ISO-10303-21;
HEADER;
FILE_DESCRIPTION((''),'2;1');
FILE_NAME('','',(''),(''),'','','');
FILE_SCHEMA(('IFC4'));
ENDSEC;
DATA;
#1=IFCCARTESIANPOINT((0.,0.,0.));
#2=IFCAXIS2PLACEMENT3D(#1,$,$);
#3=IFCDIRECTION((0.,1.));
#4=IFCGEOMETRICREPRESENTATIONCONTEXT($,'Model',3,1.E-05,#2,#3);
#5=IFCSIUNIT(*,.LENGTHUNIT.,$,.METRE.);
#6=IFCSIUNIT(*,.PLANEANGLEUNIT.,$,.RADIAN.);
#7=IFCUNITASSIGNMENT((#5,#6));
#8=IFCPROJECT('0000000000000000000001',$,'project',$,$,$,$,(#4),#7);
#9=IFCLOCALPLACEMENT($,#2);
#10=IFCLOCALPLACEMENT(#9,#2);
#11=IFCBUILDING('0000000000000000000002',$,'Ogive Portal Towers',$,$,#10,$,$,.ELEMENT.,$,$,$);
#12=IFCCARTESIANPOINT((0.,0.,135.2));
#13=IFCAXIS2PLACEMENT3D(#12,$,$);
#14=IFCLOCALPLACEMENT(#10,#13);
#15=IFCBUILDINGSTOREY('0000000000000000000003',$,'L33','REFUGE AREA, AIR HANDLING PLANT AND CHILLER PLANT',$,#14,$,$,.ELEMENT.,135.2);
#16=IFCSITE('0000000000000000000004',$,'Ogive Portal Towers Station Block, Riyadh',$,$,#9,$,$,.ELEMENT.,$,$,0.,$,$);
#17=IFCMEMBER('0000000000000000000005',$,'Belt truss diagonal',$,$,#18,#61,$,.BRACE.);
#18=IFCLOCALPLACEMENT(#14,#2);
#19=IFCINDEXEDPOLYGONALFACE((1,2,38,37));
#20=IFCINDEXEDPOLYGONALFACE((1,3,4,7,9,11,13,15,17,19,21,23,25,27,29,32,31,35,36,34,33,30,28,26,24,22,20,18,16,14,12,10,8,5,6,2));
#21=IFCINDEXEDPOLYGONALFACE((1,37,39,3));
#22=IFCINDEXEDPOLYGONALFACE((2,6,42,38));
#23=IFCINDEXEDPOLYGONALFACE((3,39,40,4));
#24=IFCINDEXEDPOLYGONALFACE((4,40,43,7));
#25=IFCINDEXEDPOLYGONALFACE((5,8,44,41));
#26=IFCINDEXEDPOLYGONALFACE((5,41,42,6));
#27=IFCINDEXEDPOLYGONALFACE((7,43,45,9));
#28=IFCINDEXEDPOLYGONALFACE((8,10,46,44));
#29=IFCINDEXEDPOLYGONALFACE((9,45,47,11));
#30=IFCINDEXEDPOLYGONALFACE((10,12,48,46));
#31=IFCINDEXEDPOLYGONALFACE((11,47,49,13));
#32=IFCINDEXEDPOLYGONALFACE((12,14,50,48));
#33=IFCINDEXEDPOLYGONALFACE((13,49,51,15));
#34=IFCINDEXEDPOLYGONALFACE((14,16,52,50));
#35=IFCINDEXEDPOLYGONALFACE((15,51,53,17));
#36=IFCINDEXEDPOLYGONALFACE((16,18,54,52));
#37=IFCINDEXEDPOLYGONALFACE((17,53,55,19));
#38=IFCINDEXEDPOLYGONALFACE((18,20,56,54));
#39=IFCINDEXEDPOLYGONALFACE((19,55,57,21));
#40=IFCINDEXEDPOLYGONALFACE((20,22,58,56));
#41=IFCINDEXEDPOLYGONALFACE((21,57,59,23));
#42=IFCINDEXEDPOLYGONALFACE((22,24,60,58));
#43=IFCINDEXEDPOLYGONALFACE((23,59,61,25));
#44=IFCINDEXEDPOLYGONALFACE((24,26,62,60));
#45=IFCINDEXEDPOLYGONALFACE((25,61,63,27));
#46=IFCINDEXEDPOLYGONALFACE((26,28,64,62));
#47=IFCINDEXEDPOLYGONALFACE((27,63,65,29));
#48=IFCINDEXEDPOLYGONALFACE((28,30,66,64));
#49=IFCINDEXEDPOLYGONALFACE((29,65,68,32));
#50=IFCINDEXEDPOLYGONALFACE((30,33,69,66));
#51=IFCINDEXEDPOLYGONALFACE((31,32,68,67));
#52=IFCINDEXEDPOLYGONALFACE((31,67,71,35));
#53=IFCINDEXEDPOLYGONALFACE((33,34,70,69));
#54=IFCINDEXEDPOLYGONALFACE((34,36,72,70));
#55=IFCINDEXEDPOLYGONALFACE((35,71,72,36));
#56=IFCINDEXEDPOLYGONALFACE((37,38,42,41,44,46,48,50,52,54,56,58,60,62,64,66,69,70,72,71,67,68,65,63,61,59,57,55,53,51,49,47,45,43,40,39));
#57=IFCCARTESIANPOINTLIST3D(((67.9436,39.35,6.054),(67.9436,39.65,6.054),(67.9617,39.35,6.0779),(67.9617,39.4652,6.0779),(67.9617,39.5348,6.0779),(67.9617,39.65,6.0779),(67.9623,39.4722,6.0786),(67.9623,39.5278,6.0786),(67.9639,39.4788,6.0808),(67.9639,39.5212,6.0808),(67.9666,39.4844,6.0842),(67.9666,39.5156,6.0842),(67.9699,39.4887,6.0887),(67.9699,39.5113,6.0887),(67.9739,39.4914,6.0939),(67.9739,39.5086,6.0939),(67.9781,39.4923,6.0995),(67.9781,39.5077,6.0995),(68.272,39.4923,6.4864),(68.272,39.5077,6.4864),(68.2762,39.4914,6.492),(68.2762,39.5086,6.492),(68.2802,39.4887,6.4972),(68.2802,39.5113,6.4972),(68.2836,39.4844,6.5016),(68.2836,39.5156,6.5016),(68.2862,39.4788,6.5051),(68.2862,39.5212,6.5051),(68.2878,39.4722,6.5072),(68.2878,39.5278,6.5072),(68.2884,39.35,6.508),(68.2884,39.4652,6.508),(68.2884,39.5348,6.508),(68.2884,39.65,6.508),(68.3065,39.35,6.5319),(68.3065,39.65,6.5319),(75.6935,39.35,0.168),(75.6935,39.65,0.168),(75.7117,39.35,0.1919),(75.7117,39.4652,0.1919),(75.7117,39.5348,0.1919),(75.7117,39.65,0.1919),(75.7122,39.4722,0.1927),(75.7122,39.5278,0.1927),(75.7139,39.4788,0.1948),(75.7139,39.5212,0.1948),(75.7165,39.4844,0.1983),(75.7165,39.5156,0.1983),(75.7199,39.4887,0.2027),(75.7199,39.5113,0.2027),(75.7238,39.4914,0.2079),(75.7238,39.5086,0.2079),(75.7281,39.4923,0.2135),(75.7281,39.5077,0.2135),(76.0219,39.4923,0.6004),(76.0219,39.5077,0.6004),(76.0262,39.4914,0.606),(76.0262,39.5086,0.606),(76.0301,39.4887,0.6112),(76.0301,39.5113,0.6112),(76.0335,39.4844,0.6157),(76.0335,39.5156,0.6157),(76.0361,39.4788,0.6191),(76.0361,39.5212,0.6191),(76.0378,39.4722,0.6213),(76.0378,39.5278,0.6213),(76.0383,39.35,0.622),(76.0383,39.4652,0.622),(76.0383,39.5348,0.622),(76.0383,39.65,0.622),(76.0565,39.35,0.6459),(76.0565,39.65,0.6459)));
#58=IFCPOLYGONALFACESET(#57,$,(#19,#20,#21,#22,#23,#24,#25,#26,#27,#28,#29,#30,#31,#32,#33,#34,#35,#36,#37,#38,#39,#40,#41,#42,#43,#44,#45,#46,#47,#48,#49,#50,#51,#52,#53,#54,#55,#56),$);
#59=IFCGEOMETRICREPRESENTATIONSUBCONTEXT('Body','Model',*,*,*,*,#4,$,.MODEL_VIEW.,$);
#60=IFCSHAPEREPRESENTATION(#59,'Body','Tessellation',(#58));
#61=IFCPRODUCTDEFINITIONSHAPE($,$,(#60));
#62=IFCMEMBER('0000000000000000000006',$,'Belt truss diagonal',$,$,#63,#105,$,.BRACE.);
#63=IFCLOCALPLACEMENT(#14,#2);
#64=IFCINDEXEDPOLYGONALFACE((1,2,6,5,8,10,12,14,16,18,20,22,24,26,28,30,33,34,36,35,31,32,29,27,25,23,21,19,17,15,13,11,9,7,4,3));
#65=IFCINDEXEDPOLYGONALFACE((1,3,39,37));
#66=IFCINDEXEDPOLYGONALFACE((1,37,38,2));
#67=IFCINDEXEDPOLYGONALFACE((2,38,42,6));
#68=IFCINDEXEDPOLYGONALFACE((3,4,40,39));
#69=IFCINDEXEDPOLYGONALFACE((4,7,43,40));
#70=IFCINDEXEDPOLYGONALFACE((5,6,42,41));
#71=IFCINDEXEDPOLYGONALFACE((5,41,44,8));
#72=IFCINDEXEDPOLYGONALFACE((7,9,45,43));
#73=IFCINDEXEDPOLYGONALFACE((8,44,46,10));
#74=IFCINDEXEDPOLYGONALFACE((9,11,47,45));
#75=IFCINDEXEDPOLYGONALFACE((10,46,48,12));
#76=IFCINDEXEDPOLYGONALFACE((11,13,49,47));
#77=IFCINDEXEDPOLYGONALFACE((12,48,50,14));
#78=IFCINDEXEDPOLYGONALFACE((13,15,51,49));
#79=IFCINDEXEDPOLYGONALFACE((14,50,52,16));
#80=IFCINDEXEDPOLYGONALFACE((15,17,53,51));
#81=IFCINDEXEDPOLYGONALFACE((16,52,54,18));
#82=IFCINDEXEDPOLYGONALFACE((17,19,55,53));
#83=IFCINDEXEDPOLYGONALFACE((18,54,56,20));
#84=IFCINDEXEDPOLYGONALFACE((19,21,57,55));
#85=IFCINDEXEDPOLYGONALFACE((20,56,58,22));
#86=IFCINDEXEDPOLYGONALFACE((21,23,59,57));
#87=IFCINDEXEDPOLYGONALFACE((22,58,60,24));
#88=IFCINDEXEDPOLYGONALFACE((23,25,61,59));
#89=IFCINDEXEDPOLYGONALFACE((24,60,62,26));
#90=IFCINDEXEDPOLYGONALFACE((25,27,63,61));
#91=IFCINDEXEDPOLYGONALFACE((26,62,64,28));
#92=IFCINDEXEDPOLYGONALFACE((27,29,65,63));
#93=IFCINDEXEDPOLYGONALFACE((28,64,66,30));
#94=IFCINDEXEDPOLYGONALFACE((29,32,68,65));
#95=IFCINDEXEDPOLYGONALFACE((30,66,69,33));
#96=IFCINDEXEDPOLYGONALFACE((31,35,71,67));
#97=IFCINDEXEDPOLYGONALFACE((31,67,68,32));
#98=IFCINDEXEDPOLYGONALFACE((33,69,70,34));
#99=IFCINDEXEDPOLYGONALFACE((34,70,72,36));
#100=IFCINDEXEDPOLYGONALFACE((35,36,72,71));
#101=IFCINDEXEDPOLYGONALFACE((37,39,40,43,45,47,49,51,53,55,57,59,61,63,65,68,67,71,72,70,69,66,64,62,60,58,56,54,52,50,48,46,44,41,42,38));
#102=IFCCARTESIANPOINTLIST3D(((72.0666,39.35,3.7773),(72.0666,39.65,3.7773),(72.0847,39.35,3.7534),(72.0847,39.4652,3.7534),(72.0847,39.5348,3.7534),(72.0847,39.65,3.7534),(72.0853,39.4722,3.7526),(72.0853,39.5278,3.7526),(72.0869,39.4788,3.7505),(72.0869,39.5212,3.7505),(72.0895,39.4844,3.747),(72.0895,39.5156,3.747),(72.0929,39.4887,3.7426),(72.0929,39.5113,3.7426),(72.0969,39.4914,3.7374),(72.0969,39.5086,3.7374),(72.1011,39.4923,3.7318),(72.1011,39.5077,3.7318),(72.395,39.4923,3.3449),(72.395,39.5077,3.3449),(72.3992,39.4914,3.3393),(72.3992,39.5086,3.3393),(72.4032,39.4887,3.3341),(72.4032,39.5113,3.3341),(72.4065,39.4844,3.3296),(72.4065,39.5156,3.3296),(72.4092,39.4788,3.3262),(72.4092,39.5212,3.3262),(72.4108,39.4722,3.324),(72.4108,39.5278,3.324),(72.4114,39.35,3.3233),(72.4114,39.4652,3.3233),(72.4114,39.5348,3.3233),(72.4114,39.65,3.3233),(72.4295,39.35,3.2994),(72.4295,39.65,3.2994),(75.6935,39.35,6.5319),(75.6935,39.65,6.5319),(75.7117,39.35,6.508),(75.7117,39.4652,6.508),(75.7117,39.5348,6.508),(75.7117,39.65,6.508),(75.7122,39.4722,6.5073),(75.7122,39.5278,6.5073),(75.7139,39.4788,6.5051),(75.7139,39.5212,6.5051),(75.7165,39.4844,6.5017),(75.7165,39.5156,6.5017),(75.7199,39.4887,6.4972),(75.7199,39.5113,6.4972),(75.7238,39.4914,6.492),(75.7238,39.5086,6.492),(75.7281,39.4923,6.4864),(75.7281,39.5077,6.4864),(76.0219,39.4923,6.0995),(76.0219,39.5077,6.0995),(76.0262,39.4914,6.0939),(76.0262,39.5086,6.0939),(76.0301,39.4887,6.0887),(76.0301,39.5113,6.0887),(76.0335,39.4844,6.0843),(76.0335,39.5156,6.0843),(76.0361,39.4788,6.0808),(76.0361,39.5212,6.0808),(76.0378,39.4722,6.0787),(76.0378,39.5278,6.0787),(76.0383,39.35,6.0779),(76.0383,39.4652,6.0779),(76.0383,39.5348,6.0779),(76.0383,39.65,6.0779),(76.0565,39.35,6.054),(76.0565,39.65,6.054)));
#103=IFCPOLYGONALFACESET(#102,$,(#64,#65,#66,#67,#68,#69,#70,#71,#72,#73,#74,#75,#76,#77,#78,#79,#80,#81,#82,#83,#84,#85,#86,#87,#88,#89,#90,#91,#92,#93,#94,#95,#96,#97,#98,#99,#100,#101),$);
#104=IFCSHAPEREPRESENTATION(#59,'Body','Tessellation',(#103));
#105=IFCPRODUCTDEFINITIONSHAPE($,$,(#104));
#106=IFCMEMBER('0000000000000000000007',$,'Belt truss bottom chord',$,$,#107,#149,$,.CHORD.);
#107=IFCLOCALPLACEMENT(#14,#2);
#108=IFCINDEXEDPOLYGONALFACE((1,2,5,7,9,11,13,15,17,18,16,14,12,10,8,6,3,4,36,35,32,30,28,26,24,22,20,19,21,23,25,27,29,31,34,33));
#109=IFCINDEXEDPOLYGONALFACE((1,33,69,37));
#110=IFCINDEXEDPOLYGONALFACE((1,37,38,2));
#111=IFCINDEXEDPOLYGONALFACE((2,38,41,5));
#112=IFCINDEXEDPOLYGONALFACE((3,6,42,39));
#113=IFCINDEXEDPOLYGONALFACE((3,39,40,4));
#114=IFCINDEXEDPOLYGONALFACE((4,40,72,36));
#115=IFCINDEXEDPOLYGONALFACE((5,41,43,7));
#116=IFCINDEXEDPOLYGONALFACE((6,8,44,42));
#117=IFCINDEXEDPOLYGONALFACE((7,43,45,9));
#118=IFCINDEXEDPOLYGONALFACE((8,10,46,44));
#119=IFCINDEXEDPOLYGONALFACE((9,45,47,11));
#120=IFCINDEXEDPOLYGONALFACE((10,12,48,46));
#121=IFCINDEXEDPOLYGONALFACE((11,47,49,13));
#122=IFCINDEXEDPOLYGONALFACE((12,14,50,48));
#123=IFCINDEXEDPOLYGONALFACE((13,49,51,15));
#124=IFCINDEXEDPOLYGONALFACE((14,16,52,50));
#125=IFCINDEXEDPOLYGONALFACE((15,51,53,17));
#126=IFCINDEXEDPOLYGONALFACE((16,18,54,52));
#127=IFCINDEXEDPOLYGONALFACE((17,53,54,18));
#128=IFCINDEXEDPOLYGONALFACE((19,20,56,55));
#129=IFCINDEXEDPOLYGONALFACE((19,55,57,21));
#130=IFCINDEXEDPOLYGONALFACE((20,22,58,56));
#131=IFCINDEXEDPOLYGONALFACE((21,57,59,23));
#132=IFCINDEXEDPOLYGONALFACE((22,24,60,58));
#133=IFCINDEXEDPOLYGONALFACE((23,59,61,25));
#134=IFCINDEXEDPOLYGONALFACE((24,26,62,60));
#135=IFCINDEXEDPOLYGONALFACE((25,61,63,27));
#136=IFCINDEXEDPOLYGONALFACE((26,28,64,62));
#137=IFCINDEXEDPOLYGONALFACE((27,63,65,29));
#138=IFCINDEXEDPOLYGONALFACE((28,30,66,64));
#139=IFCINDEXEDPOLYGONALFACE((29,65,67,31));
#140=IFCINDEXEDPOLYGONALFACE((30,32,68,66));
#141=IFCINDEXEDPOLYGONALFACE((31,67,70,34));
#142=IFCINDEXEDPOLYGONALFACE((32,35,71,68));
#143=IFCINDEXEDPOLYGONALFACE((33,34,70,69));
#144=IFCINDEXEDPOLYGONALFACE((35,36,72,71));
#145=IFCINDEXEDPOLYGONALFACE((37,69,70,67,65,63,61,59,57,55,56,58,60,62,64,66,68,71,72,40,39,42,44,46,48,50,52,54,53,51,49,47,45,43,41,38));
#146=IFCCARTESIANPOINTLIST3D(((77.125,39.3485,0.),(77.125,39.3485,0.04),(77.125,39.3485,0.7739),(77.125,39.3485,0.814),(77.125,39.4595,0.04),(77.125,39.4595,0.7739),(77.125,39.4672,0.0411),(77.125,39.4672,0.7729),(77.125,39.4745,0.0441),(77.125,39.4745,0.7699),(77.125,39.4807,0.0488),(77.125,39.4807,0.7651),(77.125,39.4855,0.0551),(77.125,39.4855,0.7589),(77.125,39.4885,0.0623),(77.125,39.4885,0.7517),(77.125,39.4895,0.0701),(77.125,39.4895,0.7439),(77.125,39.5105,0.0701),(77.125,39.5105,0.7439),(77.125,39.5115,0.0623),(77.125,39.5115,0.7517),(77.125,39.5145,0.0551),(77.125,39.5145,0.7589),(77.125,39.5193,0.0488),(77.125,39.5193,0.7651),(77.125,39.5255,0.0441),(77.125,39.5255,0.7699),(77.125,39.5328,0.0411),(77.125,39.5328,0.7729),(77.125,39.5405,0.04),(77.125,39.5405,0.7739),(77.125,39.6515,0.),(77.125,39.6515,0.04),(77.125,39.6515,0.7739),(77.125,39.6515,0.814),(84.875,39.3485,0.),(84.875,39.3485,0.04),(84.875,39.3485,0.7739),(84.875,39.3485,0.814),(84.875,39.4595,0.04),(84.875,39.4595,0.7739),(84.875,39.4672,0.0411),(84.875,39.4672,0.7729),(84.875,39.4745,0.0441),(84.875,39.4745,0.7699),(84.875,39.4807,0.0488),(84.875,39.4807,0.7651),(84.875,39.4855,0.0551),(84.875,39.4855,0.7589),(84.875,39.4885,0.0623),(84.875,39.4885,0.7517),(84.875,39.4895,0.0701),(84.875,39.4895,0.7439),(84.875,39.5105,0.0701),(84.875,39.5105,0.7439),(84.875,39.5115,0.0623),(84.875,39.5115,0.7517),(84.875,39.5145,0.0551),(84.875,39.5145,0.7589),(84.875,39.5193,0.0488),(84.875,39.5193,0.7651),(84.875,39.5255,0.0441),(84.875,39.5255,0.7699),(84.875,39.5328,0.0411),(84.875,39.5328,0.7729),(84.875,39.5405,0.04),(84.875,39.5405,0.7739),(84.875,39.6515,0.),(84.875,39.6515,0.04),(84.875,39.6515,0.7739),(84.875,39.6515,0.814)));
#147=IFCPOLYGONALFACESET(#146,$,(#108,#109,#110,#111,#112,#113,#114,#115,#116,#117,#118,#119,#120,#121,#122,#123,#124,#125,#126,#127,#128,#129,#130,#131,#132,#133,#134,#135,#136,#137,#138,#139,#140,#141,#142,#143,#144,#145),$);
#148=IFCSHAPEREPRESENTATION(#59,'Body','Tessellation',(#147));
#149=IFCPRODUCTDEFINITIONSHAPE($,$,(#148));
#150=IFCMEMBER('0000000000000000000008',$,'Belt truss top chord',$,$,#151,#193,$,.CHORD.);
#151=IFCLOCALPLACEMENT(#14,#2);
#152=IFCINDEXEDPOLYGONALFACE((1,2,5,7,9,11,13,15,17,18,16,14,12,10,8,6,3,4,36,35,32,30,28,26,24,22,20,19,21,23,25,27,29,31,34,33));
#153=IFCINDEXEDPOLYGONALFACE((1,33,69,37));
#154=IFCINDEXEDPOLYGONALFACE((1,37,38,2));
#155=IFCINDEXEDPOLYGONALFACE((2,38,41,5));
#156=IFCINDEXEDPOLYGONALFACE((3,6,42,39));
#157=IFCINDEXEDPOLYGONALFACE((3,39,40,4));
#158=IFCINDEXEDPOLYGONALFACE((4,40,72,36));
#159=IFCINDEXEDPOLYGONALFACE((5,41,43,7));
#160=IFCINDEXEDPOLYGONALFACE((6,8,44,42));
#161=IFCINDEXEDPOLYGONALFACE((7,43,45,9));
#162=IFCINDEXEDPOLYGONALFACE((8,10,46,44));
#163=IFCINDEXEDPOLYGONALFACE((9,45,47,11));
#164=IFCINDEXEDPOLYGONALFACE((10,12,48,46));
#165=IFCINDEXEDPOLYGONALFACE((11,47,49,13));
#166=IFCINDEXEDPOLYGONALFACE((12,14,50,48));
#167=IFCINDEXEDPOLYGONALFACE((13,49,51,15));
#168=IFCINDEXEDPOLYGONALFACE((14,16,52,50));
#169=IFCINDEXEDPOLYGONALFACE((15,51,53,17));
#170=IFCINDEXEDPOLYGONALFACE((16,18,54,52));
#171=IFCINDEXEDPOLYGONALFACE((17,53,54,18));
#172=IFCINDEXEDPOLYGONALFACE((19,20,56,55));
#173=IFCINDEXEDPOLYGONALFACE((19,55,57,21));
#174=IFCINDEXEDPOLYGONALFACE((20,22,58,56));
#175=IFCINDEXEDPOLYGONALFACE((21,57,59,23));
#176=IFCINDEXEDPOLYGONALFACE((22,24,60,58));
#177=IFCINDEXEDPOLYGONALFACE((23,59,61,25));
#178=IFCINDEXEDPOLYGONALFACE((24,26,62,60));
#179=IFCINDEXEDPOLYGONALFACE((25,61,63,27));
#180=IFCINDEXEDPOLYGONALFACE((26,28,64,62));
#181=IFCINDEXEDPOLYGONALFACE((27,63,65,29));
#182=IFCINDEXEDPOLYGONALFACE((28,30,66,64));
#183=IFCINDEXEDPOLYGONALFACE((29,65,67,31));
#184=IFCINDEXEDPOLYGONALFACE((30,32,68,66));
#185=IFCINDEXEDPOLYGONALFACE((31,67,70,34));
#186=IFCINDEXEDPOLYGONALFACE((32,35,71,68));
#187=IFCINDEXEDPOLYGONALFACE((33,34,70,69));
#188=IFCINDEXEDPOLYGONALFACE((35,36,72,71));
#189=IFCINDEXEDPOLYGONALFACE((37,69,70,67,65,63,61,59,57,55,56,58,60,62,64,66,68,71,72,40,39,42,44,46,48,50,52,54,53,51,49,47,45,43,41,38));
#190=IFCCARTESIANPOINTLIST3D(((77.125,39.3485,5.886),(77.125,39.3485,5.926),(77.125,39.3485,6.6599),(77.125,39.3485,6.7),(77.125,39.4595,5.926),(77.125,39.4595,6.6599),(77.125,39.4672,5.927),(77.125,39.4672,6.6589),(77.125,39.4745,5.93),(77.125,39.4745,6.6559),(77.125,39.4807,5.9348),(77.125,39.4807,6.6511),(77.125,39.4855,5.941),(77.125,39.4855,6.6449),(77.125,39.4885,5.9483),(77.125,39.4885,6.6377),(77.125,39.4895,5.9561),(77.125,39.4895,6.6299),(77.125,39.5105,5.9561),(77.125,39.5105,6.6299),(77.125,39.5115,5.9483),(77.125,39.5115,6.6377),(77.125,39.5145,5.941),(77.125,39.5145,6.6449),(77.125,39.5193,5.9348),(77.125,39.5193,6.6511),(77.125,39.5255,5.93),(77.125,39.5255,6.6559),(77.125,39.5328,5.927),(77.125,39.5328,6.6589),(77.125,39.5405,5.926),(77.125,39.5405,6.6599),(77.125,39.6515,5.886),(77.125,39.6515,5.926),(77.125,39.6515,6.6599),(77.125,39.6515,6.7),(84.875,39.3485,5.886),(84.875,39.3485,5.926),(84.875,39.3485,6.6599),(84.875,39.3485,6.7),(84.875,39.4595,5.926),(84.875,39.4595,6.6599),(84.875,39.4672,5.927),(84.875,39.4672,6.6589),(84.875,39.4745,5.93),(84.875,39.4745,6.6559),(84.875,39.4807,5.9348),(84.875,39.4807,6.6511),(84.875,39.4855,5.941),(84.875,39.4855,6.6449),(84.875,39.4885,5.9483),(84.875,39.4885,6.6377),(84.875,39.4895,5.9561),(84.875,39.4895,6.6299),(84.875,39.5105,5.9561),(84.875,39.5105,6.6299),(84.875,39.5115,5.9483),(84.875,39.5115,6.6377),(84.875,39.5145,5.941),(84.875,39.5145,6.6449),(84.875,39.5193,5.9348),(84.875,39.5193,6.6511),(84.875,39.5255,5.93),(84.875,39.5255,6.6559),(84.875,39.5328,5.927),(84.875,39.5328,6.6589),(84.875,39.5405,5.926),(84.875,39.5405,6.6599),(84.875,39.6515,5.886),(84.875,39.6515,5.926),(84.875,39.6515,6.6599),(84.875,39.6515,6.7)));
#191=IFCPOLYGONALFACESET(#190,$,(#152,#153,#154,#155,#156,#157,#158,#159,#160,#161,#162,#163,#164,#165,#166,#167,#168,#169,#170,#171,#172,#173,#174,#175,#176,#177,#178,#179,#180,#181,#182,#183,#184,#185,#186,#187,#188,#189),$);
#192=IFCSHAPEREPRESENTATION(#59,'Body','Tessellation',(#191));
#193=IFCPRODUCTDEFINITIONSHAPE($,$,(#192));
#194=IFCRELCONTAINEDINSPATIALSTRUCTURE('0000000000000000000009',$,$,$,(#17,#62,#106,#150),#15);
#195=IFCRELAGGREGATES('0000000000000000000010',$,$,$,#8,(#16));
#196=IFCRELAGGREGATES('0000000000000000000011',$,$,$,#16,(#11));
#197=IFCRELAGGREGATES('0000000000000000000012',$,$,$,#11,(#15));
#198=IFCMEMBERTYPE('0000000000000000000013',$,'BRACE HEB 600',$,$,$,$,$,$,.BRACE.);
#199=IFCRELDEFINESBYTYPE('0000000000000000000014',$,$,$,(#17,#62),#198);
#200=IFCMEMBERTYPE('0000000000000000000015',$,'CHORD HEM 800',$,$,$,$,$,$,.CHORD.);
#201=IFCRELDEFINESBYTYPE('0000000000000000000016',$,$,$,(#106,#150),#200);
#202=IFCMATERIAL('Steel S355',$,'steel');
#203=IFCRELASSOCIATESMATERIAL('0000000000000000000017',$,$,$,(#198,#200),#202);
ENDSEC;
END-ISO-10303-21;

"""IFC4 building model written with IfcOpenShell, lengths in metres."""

from ifc_helpers import new_model, si_unit, direction, frame, origin, origin_2d, place, context, subcontext, project, spatial, i_section, extrude, material, material_profile, profile_set, type_object, element, save


model = new_model("IFC4")

# Units and contexts
model_context = context("Model", 3, precision=1e-05, world=origin(), true_north=direction((0.0, 1.0)))
body_context = subcontext(model_context, "Body", "Model", "MODEL_VIEW")
ifc_project = project(units=[si_unit("LENGTHUNIT", "METRE"), si_unit("PLANEANGLEUNIT", "RADIAN")], contexts=[model_context])

# Site, building, storey
site_placement = place(None, origin())
site = spatial("IfcSite", under=ifc_project, at=site_placement, Name="Ogive Portal Towers Station Block, Riyadh", CompositionType="ELEMENT", RefElevation=0.0)
building_placement = place(site_placement, origin())
building = spatial("IfcBuilding", under=site, at=building_placement, Name="Ogive Portal Towers", CompositionType="ELEMENT")
storey_placement = place(building_placement, frame((0.0, 0.0, 135.2)))
storey = spatial("IfcBuildingStorey", under=building, at=storey_placement, Name="L33", Description="REFUGE AREA, AIR HANDLING PLANT AND CHILLER PLANT", CompositionType="ELEMENT", Elevation=135.2)

# Members
ifc_material_1 = material(Name="Steel S355", Category="steel")
ifc_material_profile_1 = material_profile(ifc_material_1, i_section(OverallWidth=0.3, OverallDepth=0.6001, WebThickness=0.0154, FlangeThickness=0.03, FilletRadius=0.0271, at=origin_2d()), Name="HEB 600")
ifc_profile_set_1 = profile_set([ifc_material_profile_1], Name="Steel S355")
member_type_1 = type_object("IfcMemberType", Name="BRACE HEB 600", PredefinedType="BRACE", material=ifc_profile_set_1)
member_1_placement = place(storey_placement, frame((75.875, 39.5, 0.407), z_axis=(-0.796361, 0.0, 0.604822), x_axis=(0.0, -1.0, 0.0)))
element("IfcMember", 1, at=member_1_placement, inside=storey, type_object=member_type_1, Name="Belt truss diagonal", PredefinedType="BRACE", context=body_context, shape_type="SweptSolid", body=[
    extrude(i_section(OverallWidth=0.3, OverallDepth=0.6001, WebThickness=0.0154, FlangeThickness=0.03, FilletRadius=0.0271, at=origin_2d()), origin(), (0.0, 0.0, 1.0), 9.7317),
])
member_2_placement = place(storey_placement, frame((75.875, 39.5, 6.293), z_axis=(-0.796357, 0.0, -0.604826), x_axis=(0.0, -1.0, 0.0)))
element("IfcMember", 2, at=member_2_placement, inside=storey, type_object=member_type_1, Name="Belt truss diagonal", PredefinedType="BRACE", context=body_context, shape_type="SweptSolid", body=[
    extrude(i_section(OverallWidth=0.3, OverallDepth=0.6001, WebThickness=0.0154, FlangeThickness=0.03, FilletRadius=0.0271, at=origin_2d()), origin(), (0.0, 0.0, 1.0), 4.5544),
])
ifc_material_profile_2 = material_profile(ifc_material_1, i_section(OverallWidth=0.303, OverallDepth=0.814, WebThickness=0.021, FlangeThickness=0.04, FilletRadius=0.03, at=origin_2d()), Name="HEM 800")
ifc_profile_set_2 = profile_set([ifc_material_profile_2], Name="Steel S355")
member_type_2 = type_object("IfcMemberType", Name="CHORD HEM 800", PredefinedType="CHORD", material=ifc_profile_set_2)
for number, where, z_axis, x_axis, name in (
    (3, (84.875, 39.5, 0.407), (-1.0, 0.0, 0.0), (0.0, -1.0, 0.0), "Belt truss bottom chord"),
    (4, (84.875, 39.5, 6.293), (-1.0, 0.0, 0.0), (0.0, -1.0, 0.0), "Belt truss top chord"),
):
    element("IfcMember", number, at=place(storey_placement, frame(where, z_axis=z_axis, x_axis=x_axis)), inside=storey, type_object=member_type_2, Name=name, PredefinedType="CHORD", context=body_context, shape_type="SweptSolid", body=[
        extrude(i_section(OverallWidth=0.303, OverallDepth=0.814, WebThickness=0.021, FlangeThickness=0.04, FilletRadius=0.03, at=origin_2d()), origin(), (0.0, 0.0, 1.0), 7.75),
    ])

save(model, "model.ifc")
